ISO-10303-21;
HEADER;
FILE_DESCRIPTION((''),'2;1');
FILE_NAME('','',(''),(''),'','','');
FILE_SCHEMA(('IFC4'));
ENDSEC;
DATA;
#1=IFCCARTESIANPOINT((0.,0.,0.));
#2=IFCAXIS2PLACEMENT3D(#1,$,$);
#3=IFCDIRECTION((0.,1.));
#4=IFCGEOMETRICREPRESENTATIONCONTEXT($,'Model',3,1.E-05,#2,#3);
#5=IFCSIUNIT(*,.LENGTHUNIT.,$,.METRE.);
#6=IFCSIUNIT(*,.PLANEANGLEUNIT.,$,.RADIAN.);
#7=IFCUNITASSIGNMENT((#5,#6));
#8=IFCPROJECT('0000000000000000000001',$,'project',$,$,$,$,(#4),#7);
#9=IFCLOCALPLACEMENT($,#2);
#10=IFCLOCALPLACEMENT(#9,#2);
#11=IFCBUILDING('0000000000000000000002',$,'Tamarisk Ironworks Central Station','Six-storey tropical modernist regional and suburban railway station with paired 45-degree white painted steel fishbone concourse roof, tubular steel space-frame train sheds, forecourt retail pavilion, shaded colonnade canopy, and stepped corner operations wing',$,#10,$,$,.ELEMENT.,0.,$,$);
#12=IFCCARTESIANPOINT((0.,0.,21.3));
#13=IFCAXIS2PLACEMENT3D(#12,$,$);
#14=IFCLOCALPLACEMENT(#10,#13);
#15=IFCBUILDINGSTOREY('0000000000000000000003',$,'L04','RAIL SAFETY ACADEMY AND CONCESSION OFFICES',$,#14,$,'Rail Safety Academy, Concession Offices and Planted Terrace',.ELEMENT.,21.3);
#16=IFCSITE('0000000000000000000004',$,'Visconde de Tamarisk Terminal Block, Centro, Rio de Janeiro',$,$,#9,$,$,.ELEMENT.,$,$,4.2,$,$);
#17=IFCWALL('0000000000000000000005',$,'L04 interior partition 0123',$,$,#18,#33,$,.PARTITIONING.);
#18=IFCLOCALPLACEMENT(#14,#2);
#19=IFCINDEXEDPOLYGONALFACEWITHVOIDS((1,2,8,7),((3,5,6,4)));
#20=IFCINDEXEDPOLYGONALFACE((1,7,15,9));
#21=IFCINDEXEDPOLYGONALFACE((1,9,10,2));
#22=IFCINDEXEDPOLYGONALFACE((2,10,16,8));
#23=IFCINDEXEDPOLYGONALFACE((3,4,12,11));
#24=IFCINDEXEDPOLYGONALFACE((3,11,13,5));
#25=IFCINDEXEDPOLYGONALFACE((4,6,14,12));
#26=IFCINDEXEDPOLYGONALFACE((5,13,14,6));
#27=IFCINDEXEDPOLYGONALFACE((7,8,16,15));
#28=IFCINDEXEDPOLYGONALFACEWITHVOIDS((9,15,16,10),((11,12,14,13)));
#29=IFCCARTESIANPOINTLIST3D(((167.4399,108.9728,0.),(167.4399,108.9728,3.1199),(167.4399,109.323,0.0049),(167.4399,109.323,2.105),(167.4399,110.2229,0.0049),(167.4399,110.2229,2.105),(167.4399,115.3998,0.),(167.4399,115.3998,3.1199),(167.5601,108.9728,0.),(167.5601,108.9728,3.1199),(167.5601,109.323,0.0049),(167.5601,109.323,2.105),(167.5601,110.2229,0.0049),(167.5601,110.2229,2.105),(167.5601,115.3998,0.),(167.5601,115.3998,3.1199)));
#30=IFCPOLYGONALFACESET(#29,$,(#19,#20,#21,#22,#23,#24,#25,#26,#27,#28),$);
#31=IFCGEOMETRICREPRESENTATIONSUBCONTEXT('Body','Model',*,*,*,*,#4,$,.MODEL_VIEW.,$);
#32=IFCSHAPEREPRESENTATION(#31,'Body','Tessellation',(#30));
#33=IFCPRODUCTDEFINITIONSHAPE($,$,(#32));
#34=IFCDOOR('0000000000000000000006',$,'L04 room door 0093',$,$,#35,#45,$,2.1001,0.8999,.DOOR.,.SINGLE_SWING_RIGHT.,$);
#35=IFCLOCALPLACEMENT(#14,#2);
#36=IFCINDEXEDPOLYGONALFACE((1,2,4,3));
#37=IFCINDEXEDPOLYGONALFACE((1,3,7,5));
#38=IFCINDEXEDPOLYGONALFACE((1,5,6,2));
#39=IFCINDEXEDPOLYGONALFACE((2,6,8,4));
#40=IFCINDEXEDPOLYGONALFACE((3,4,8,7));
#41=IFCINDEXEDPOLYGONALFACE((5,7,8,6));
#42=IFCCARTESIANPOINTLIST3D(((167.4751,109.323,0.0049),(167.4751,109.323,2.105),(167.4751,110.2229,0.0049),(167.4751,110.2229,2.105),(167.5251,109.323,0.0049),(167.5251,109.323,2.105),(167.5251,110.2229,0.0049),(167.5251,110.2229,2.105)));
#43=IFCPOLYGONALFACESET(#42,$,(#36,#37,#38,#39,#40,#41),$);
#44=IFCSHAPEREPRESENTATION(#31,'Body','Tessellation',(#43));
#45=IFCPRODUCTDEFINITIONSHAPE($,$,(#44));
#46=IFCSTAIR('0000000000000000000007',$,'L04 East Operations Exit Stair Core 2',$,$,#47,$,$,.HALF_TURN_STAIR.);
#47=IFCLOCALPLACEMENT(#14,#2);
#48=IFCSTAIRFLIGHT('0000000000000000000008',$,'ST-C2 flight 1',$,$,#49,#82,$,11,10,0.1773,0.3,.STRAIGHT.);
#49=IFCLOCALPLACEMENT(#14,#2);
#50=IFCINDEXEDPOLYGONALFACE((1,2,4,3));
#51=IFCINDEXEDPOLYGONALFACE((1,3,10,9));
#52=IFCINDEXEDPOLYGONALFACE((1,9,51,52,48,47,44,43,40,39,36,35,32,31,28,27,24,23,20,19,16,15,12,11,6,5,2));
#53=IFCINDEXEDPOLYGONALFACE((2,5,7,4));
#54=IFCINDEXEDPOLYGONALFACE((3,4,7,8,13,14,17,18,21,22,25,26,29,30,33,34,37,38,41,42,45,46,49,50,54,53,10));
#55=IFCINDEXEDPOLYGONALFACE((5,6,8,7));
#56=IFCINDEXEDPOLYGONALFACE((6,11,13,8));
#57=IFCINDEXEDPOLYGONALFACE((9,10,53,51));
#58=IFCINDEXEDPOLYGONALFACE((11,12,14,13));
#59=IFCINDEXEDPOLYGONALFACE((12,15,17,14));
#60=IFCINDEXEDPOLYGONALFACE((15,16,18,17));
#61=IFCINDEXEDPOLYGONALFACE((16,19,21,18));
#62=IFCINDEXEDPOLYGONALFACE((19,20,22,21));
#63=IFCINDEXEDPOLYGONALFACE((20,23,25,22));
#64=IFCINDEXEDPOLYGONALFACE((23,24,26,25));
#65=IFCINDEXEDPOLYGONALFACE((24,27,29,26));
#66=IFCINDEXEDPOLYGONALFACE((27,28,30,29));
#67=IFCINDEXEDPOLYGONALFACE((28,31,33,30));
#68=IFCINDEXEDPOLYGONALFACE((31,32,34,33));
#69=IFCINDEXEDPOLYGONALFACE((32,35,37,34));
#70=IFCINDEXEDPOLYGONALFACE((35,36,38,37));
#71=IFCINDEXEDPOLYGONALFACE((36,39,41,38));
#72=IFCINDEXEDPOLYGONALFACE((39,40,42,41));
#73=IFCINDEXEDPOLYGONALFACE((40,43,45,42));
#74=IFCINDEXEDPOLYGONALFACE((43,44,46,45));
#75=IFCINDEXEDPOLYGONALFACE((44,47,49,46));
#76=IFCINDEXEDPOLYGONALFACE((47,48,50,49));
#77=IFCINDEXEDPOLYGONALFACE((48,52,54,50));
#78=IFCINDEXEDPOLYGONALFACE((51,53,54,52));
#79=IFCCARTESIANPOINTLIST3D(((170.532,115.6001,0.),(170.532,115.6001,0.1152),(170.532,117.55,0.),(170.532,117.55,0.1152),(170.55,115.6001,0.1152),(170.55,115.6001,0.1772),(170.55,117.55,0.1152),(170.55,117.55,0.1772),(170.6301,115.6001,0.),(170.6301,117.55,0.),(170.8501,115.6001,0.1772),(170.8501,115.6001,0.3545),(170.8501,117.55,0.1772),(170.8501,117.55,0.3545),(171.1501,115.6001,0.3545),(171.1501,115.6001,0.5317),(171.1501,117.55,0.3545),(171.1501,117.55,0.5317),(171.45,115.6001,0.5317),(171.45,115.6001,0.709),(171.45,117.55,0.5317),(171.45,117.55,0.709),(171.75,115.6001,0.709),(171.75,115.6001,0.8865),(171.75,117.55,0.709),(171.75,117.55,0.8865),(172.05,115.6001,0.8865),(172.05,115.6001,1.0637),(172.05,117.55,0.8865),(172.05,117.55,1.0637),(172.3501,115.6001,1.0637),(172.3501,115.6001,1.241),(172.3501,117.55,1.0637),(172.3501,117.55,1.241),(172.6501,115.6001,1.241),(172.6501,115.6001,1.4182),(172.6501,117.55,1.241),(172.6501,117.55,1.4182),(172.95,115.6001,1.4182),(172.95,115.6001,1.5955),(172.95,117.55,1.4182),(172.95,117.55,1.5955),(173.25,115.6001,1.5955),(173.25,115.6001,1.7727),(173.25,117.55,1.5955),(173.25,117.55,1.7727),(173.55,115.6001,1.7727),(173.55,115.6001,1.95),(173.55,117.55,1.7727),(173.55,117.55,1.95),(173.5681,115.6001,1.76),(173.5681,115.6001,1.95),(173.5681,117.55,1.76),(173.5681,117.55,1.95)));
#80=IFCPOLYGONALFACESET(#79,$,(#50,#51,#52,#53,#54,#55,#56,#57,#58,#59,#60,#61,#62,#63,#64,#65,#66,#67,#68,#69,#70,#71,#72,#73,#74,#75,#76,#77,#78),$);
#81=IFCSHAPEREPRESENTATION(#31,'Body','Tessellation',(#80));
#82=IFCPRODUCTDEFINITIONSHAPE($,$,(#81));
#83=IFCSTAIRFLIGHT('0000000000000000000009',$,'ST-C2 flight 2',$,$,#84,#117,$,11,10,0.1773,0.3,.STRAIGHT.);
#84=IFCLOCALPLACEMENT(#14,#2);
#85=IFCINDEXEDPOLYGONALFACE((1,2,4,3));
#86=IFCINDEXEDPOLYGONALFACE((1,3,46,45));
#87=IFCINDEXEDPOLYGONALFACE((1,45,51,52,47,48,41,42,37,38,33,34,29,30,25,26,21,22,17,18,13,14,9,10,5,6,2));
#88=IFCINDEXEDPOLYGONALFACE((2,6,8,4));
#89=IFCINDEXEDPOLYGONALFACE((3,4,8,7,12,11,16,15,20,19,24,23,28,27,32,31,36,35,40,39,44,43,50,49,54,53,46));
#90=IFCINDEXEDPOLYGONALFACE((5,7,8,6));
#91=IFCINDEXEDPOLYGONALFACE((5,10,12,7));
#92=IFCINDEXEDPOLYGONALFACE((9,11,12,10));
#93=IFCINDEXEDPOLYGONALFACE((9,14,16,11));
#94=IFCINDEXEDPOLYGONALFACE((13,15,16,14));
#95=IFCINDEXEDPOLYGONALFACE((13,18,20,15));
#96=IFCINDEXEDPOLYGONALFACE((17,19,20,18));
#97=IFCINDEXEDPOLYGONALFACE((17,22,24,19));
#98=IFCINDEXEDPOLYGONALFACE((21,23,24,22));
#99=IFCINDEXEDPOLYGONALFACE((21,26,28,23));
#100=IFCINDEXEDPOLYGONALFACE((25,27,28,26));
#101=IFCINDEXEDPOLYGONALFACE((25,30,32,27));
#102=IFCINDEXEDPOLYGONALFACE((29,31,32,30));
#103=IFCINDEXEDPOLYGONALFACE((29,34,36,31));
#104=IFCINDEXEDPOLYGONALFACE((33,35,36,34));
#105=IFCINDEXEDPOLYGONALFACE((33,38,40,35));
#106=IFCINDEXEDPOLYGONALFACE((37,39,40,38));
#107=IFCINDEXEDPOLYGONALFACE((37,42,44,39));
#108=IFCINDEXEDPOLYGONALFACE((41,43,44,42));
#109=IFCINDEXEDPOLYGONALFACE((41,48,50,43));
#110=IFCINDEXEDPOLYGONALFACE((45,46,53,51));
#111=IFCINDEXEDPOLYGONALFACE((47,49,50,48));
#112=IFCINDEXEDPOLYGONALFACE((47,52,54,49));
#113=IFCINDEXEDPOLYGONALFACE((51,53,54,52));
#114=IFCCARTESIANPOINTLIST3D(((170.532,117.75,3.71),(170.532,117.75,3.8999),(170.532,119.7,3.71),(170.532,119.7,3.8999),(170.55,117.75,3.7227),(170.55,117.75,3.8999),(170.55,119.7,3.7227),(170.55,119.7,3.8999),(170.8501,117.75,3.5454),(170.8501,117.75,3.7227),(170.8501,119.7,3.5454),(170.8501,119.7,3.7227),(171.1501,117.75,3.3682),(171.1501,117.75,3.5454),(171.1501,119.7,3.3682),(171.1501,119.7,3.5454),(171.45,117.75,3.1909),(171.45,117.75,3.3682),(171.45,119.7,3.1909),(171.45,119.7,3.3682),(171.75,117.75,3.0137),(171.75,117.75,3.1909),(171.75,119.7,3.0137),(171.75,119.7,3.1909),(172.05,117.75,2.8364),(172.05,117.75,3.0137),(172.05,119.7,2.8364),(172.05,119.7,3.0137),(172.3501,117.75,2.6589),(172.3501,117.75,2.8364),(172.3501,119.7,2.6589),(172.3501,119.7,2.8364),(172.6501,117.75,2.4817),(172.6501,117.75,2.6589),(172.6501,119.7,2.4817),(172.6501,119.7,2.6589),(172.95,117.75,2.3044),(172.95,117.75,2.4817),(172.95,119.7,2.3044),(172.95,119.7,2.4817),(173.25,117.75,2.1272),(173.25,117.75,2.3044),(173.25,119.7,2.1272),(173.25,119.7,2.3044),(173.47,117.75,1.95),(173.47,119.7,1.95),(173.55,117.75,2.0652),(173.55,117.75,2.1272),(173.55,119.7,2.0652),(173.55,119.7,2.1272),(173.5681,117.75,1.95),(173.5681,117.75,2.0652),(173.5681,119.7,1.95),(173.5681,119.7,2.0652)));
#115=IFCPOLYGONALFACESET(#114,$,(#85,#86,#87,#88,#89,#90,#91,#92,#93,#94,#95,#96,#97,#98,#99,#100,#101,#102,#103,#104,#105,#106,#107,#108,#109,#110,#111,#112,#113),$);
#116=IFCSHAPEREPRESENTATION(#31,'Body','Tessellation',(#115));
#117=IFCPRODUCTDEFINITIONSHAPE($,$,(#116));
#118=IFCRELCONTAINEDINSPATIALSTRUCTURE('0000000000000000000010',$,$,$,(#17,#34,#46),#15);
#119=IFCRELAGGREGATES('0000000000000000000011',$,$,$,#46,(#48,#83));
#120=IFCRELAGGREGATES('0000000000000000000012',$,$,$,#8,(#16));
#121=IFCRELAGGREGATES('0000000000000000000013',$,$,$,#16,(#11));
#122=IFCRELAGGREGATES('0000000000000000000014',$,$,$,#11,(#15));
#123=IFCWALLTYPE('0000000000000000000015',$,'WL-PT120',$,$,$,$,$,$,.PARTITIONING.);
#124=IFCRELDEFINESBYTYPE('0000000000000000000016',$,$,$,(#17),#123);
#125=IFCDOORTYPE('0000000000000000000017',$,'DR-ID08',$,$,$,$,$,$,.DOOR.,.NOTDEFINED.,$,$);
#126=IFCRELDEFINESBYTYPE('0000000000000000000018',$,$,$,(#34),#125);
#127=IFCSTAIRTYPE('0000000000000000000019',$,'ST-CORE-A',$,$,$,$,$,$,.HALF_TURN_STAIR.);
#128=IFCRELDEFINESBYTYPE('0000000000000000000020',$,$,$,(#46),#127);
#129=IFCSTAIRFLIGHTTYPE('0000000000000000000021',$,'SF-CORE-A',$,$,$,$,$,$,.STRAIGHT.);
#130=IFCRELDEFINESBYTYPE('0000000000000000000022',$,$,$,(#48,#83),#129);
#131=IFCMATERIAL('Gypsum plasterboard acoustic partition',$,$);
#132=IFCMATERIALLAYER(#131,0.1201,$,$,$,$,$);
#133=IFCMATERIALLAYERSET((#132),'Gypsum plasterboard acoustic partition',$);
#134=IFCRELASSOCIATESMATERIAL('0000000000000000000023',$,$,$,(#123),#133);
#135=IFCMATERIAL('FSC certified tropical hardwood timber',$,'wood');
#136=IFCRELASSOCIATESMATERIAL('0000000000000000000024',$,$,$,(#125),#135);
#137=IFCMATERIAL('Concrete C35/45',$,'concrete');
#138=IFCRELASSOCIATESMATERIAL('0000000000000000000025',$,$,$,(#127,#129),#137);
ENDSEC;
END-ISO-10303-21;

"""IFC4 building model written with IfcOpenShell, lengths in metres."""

from ifc_helpers import new_model, si_unit, direction, frame, frame_2d, origin, place, context, subcontext, project, spatial, polyline, rectangle, outline, extrude, material, layer, layer_set, type_object, element, fill, aggregate, save


model = new_model("IFC4")

# Units and contexts
model_context = context("Model", 3, precision=1e-05, world=origin(), true_north=direction((0.0, 1.0)))
body_context = subcontext(model_context, "Body", "Model", "MODEL_VIEW")
ifc_project = project(units=[si_unit("LENGTHUNIT", "METRE"), si_unit("PLANEANGLEUNIT", "RADIAN")], contexts=[model_context])

# Site, building, storey
site_placement = place(None, origin())
site = spatial("IfcSite", under=ifc_project, at=site_placement, Name="Visconde de Tamarisk Terminal Block, Centro, Rio de Janeiro", CompositionType="ELEMENT", RefElevation=4.2)
building_placement = place(site_placement, origin())
building = spatial("IfcBuilding", under=site, at=building_placement, Name="Tamarisk Ironworks Central Station", Description="Six-storey tropical modernist regional and suburban railway station with paired 45-degree white painted steel fishbone concourse roof, tubular steel space-frame train sheds, forecourt retail pavilion, shaded colonnade canopy, and stepped corner operations wing", CompositionType="ELEMENT", ElevationOfRefHeight=0.0)
storey_placement = place(building_placement, frame((0.0, 0.0, 21.3)))
storey = spatial("IfcBuildingStorey", under=building, at=storey_placement, Name="L04", Description="RAIL SAFETY ACADEMY AND CONCESSION OFFICES", LongName="Rail Safety Academy, Concession Offices and Planted Terrace", CompositionType="ELEMENT", Elevation=21.3)

# Wall, opening, door
ifc_material_1 = material(Name="Gypsum plasterboard acoustic partition")
ifc_layer_1 = layer(ifc_material_1, 0.1201)
ifc_layer_set_1 = layer_set([ifc_layer_1], Name="Gypsum plasterboard acoustic partition")
wall_type_1 = type_object("IfcWallType", Name="WL-PT120", PredefinedType="PARTITIONING", material=ifc_layer_set_1)
wall_1_placement = place(storey_placement, frame((167.5, 108.9729, 0.0), z_axis=(0.0, 0.0, 1.0), x_axis=(0.0, 1.0, 0.0)))
wall_1 = element("IfcWall", 1, at=wall_1_placement, inside=storey, type_object=wall_type_1, Name="L04 interior partition 0123", PredefinedType="PARTITIONING", context=body_context, shape_type="SweptSolid", body=[
    extrude(rectangle(XDim=6.427, YDim=0.1201, at=frame_2d((3.2134, 0.0))), origin(), (0.0, 0.0, 1.0), 3.1199),
])
opening_1_placement = place(wall_1_placement, frame((0.3501, 0.0, 0.0049)))
opening_1 = element("IfcOpeningElement", 2, at=opening_1_placement, cuts=wall_1, PredefinedType="OPENING", context=body_context, shape_type="SweptSolid", body=[
    extrude(rectangle(XDim=0.8999, YDim=2.1001, at=frame_2d((0.45, 1.05))), frame((0.0, 0.072, 0.0), z_axis=(0.0, -1.0, 0.0), x_axis=(1.0, 0.0, 0.0)), (0.0, 0.0, 1.0), 0.144),
])
ifc_material_2 = material(Name="FSC certified tropical hardwood timber", Category="wood")
door_type_1 = type_object("IfcDoorType", Name="DR-ID08", OperationType="NOTDEFINED", PredefinedType="DOOR", material=ifc_material_2)
door_1_placement = place(opening_1_placement, origin())
door_1 = element("IfcDoor", 3, at=door_1_placement, inside=storey, type_object=door_type_1, Name="L04 room door 0093", OperationType="SINGLE_SWING_RIGHT", OverallHeight=2.1001, OverallWidth=0.8999, PredefinedType="DOOR", context=body_context, shape_type="SweptSolid", body=[
    extrude(rectangle(XDim=0.8999, YDim=2.1001, at=frame_2d((0.45, 1.05))), frame((0.0, 0.0249, 0.0), z_axis=(0.0, -1.0, 0.0), x_axis=(1.0, 0.0, 0.0)), (0.0, 0.0, 1.0), 0.05),
])
fill(opening_1, door_1)

# Stair, stair flights
ifc_material_3 = material(Name="Concrete C35/45", Category="concrete")
stair_type = type_object("IfcStairType", Name="ST-CORE-A", PredefinedType="HALF_TURN_STAIR", material=ifc_material_3)
stair_placement = place(storey_placement, origin())
stair = element("IfcStair", 4, at=stair_placement, inside=storey, type_object=stair_type, Name="L04 East Operations Exit Stair Core 2", PredefinedType="HALF_TURN_STAIR")
stair_flight_type = type_object("IfcStairFlightType", Name="SF-CORE-A", PredefinedType="STRAIGHT", material=ifc_material_3)
stair_flight_1_placement = place(storey_placement, frame((170.55, 116.575, 0.0), z_axis=(0.0, 0.0, 1.0), x_axis=(1.0, 0.0, 0.0)))
stair_flight_1 = element("IfcStairFlight", 5, at=stair_flight_1_placement, type_object=stair_flight_type, Name="ST-C2 flight 1", NumberOfRisers=11, NumberOfTreads=10, PredefinedType="STRAIGHT", RiserHeight=0.1773, TreadLength=0.3, context=body_context, shape_type="SweptSolid", body=[
    extrude(outline(polyline([(-0.0181, 0.0), (-0.0181, 0.1152), (0.0, 0.1152), (0.0, 0.1772), (0.3, 0.1772), (0.3, 0.3545), (0.6001, 0.3545), (0.6001, 0.5317), (0.8999, 0.5317), (0.8999, 0.709), (1.2, 0.709), (1.2, 0.8865), (1.5, 0.8865), (1.5, 1.0637), (1.8, 1.0637), (1.8, 1.241), (2.1001, 1.241), (2.1001, 1.4182), (2.3999, 1.4182), (2.3999, 1.5955), (2.7, 1.5955), (2.7, 1.7727), (3.0, 1.7727), (3.0, 1.95), (3.0181, 1.95), (3.0181, 1.76), (0.0801, 0.0), (-0.0181, 0.0)])), frame((0.0, 0.9751, 0.0), z_axis=(0.0, -1.0, 0.0), x_axis=(1.0, 0.0, 0.0)), (0.0, 0.0, 1.0), 1.95),
])
stair_flight_2_placement = place(storey_placement, frame((173.55, 118.7251, 1.95), z_axis=(0.0, 0.0, 1.0), x_axis=(-1.0, 0.0, 0.0)))
stair_flight_2 = element("IfcStairFlight", 6, at=stair_flight_2_placement, type_object=stair_flight_type, Name="ST-C2 flight 2", NumberOfRisers=11, NumberOfTreads=10, PredefinedType="STRAIGHT", RiserHeight=0.1773, TreadLength=0.3, context=body_context, shape_type="SweptSolid", body=[
    extrude(outline(polyline([(-0.0181, 0.0), (-0.0181, 0.1152), (0.0, 0.1152), (0.0, 0.1772), (0.3, 0.1772), (0.3, 0.3545), (0.6001, 0.3545), (0.6001, 0.5317), (0.8999, 0.5317), (0.8999, 0.709), (1.2, 0.709), (1.2, 0.8865), (1.5, 0.8865), (1.5, 1.0637), (1.8, 1.0637), (1.8, 1.241), (2.1001, 1.241), (2.1001, 1.4182), (2.3999, 1.4182), (2.3999, 1.5955), (2.7, 1.5955), (2.7, 1.7727), (3.0, 1.7727), (3.0, 1.95), (3.0181, 1.95), (3.0181, 1.76), (0.0801, 0.0), (-0.0181, 0.0)])), frame((0.0, 0.9751, 0.0), z_axis=(0.0, -1.0, 0.0), x_axis=(1.0, 0.0, 0.0)), (0.0, 0.0, 1.0), 1.95),
])
aggregate(stair, [stair_flight_1, stair_flight_2])

save(model, "model.ifc")
